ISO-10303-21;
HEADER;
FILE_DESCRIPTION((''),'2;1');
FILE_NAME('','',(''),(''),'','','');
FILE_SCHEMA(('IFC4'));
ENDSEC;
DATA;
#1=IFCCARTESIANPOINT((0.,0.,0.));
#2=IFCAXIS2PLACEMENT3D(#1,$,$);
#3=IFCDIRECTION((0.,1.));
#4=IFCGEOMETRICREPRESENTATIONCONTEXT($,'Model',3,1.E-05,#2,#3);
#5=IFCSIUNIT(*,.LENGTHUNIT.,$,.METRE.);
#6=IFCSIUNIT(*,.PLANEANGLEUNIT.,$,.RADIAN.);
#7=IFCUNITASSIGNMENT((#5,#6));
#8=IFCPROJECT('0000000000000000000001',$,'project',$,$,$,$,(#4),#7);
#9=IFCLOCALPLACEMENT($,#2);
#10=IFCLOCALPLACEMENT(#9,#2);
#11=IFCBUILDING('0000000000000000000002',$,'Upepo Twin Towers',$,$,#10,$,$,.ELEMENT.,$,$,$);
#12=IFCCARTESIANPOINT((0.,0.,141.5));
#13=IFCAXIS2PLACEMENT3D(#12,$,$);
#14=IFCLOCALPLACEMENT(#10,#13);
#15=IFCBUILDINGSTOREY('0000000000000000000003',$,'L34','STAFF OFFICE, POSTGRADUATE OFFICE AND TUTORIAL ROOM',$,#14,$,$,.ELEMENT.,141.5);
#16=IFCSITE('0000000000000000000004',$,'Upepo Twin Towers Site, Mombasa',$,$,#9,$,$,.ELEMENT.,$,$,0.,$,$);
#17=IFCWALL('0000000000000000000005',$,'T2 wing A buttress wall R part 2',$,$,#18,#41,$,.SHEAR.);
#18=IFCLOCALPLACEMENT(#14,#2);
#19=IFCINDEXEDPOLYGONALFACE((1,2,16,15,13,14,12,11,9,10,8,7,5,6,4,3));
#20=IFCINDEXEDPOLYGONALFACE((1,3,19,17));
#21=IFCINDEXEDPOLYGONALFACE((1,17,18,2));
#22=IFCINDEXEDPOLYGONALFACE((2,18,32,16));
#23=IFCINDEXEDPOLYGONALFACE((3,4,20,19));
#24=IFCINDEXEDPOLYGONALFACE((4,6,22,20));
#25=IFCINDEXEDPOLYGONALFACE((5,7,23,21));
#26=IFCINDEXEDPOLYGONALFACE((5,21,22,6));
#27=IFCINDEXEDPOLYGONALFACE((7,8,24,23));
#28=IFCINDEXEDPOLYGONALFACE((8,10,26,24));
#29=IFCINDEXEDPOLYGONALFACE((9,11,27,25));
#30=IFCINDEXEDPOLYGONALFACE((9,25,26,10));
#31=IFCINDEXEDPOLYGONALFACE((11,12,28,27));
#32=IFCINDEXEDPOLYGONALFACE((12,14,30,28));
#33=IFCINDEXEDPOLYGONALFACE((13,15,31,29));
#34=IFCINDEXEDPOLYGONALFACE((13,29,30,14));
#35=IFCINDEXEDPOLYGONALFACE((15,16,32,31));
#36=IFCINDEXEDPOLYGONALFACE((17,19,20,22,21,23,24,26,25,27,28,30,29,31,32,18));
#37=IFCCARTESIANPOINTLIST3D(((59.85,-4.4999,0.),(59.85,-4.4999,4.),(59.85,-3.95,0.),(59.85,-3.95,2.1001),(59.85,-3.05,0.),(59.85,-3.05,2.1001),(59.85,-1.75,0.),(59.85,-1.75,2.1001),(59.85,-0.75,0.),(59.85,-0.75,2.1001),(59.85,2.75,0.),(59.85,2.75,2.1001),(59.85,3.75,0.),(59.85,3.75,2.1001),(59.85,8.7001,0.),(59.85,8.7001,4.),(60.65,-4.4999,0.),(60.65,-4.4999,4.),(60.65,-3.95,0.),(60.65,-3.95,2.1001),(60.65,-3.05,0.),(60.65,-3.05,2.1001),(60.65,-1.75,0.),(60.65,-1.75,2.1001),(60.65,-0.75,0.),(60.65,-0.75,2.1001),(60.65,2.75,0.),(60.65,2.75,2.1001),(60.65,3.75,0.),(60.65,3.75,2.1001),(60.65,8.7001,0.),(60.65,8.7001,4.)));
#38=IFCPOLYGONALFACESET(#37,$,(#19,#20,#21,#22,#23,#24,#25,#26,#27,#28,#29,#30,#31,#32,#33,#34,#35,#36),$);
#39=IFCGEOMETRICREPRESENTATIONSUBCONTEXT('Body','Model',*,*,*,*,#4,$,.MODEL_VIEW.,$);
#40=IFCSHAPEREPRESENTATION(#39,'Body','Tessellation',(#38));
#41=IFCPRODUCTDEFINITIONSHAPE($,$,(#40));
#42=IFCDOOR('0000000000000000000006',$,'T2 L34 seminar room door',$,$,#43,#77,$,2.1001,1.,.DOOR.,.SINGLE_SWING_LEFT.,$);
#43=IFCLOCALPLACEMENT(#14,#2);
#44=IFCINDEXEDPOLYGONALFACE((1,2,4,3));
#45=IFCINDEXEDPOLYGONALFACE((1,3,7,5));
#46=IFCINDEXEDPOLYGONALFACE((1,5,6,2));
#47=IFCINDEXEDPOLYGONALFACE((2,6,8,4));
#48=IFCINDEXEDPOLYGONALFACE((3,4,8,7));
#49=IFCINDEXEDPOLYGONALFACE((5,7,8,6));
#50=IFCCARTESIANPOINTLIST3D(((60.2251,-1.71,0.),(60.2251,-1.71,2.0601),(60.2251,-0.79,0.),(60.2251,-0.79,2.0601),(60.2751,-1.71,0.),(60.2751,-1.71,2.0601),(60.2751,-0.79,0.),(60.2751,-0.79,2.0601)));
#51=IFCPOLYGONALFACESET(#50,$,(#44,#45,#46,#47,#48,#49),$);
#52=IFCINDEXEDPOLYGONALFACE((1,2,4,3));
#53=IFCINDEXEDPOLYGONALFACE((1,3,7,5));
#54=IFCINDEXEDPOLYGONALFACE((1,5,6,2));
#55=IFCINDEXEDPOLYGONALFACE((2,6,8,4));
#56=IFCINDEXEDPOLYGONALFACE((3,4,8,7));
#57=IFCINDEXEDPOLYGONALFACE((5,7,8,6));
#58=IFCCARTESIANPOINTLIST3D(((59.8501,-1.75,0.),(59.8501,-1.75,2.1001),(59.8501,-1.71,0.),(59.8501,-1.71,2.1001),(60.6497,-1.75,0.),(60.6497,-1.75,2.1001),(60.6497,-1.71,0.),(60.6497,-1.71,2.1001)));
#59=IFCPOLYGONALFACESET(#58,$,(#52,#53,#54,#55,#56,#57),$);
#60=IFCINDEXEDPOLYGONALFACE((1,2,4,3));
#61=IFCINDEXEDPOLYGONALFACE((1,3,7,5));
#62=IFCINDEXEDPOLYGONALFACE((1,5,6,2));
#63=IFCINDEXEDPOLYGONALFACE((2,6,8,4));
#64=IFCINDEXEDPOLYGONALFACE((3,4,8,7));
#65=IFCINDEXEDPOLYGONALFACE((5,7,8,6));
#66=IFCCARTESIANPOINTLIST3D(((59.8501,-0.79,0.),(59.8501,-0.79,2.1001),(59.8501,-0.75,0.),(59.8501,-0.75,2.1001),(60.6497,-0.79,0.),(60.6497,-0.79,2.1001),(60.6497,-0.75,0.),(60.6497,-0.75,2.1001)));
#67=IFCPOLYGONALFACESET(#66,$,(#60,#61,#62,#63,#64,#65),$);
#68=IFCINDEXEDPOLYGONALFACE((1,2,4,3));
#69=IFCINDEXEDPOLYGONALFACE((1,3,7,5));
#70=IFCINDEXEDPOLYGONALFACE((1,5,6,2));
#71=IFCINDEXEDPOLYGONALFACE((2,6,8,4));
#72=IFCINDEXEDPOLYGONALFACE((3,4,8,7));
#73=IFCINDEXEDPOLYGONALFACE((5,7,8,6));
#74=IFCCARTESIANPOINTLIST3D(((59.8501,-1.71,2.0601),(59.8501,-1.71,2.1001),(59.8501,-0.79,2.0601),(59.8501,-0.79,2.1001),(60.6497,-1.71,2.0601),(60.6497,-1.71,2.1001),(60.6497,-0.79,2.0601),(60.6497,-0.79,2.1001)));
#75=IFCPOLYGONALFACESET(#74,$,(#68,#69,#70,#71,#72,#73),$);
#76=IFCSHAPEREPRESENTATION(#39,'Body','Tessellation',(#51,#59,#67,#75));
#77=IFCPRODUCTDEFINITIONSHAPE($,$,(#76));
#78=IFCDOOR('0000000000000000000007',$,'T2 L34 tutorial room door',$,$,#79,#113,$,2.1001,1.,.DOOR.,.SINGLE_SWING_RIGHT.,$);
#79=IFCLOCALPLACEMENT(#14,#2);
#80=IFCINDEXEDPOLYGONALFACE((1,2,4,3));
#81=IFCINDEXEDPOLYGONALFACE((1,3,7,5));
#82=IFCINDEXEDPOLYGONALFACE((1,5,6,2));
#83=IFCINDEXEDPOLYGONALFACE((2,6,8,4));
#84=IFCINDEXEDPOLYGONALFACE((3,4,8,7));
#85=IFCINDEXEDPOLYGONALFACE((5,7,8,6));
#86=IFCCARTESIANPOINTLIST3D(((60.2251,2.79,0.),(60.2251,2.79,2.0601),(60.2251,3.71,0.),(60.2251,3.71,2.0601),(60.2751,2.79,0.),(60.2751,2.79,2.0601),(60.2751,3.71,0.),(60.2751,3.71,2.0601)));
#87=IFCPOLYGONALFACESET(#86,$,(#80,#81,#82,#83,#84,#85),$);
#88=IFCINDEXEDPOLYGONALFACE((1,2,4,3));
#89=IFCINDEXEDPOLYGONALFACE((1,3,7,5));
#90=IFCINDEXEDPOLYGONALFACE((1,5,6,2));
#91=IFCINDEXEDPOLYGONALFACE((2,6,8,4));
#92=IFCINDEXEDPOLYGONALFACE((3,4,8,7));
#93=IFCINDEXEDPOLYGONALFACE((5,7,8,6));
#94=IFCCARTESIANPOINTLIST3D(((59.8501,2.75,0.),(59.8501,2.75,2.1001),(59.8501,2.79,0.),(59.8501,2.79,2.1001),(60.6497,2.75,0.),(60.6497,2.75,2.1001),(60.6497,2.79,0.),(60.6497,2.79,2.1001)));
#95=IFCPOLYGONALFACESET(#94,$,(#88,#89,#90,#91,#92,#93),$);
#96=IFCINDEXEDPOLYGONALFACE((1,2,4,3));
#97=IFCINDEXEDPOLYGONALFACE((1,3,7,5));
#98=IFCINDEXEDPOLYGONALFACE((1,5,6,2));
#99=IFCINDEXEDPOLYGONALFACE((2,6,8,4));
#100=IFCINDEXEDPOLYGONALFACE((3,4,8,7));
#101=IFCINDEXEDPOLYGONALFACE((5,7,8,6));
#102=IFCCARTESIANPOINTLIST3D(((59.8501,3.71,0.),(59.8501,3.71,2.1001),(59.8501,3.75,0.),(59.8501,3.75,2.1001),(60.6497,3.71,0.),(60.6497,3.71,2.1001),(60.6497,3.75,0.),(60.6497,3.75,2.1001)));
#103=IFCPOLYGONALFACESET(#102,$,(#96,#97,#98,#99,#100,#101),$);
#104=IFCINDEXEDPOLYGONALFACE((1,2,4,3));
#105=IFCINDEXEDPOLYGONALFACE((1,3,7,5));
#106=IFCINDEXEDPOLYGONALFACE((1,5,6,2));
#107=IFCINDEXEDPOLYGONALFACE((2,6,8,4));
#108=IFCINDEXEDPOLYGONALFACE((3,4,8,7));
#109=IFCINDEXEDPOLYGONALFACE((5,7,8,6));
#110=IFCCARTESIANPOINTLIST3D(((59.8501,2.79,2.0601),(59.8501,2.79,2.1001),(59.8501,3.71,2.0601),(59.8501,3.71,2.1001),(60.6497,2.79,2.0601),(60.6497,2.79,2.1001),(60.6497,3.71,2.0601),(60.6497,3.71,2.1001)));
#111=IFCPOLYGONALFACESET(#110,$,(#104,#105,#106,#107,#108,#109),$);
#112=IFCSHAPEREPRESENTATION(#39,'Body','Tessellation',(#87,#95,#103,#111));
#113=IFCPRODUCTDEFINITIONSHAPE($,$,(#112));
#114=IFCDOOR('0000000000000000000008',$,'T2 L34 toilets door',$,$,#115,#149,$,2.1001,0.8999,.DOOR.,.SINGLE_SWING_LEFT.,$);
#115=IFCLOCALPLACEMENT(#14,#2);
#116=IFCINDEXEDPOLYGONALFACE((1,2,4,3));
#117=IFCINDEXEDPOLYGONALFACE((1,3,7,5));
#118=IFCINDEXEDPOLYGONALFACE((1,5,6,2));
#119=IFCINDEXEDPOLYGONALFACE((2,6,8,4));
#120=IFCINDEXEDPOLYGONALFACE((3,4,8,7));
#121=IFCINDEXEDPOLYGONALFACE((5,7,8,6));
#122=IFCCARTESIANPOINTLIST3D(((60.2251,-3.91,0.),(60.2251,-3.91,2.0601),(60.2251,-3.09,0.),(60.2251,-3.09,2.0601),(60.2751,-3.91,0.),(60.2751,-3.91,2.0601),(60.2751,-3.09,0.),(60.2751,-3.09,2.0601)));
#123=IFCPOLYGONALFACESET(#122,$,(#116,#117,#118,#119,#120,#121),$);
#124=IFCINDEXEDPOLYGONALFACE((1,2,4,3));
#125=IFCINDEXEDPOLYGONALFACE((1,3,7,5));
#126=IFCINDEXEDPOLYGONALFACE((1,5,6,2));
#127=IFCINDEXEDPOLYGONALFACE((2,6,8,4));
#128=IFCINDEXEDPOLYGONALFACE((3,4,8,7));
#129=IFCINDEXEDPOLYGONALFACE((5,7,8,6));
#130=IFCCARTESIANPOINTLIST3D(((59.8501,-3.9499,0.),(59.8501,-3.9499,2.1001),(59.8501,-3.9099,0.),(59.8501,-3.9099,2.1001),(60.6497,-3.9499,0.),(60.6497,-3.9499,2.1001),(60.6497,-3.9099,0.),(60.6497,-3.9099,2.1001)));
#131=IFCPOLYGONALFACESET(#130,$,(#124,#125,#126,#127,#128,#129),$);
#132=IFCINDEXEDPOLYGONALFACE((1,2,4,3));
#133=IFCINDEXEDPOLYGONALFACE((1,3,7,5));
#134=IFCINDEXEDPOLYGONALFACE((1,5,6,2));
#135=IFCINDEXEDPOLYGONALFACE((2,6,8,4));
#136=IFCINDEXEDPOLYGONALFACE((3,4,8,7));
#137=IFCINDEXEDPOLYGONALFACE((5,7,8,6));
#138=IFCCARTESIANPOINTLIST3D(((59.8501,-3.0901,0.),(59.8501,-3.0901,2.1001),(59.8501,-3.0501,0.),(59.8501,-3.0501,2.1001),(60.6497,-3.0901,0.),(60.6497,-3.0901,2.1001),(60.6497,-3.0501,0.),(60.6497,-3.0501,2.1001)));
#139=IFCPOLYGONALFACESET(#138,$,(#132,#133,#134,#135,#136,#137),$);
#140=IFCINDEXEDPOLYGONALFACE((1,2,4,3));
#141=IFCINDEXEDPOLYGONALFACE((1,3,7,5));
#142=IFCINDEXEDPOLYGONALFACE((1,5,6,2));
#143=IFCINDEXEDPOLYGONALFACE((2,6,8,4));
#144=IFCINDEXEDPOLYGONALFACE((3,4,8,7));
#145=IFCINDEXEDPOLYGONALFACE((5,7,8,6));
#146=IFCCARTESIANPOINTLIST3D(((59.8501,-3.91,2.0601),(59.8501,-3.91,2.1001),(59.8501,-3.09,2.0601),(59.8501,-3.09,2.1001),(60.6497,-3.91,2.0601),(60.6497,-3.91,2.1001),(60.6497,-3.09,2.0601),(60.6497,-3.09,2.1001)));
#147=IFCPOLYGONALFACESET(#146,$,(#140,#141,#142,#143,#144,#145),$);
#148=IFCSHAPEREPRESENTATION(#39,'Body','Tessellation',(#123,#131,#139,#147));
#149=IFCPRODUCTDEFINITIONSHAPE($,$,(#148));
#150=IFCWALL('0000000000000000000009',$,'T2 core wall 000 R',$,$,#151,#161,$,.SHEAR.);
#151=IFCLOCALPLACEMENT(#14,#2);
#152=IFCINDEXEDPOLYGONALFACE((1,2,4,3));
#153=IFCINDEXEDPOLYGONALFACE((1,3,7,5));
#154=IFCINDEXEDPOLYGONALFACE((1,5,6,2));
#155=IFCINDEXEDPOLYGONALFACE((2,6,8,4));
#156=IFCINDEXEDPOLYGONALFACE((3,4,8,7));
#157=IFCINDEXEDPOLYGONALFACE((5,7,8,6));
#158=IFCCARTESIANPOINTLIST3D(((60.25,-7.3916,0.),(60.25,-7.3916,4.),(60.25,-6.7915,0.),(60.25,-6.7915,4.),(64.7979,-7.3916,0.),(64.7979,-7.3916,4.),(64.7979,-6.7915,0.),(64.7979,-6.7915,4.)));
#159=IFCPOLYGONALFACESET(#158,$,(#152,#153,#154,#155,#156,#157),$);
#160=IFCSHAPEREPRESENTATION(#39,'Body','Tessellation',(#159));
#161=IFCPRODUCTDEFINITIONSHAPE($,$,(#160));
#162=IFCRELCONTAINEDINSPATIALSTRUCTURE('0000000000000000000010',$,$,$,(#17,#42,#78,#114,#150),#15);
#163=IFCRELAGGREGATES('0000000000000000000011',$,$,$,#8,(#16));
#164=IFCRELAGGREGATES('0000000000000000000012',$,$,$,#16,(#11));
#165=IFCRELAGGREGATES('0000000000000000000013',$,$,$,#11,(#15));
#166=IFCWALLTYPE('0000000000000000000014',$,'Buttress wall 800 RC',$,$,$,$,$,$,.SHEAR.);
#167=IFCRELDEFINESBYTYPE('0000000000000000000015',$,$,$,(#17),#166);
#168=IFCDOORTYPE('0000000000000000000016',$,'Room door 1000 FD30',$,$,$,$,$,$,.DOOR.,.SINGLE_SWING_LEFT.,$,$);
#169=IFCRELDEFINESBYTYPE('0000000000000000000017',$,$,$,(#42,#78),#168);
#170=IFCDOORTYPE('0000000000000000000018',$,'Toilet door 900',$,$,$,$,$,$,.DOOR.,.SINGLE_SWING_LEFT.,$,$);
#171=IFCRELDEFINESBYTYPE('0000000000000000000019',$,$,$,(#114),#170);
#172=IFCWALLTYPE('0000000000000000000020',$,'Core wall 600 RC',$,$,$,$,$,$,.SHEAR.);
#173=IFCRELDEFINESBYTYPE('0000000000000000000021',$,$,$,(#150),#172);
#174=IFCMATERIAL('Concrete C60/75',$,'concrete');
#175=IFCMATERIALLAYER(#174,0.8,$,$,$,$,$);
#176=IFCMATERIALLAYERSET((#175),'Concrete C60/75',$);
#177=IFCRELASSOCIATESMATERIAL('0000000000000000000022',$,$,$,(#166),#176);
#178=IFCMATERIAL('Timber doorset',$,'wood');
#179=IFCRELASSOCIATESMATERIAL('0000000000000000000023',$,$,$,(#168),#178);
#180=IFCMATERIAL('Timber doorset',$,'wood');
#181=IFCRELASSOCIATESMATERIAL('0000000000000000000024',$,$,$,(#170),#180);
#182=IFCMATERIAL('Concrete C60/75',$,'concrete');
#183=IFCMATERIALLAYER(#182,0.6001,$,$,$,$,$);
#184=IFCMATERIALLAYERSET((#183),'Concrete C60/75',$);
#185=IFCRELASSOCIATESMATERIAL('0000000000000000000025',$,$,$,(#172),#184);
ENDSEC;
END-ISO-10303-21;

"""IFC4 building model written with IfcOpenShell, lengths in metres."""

from ifc_helpers import new_model, si_unit, direction, frame, frame_2d, origin, place, context, subcontext, project, spatial, rectangle, extrude, material, layer, layer_set, type_object, element, fill, save


model = new_model("IFC4")

# Units and contexts
model_context = context("Model", 3, precision=1e-05, world=origin(), true_north=direction((0.0, 1.0)))
body_context = subcontext(model_context, "Body", "Model", "MODEL_VIEW")
ifc_project = project(units=[si_unit("LENGTHUNIT", "METRE"), si_unit("PLANEANGLEUNIT", "RADIAN")], contexts=[model_context])

# Site, building, storey
site_placement = place(None, origin())
site = spatial("IfcSite", under=ifc_project, at=site_placement, Name="Upepo Twin Towers Site, Mombasa", CompositionType="ELEMENT", RefElevation=0.0)
building_placement = place(site_placement, origin())
building = spatial("IfcBuilding", under=site, at=building_placement, Name="Upepo Twin Towers", CompositionType="ELEMENT")
storey_placement = place(building_placement, frame((0.0, 0.0, 141.5)))
storey = spatial("IfcBuildingStorey", under=building, at=storey_placement, Name="L34", Description="STAFF OFFICE, POSTGRADUATE OFFICE AND TUTORIAL ROOM", CompositionType="ELEMENT", Elevation=141.5)

# Wall, openings, doors
ifc_material_1 = material(Name="Concrete C60/75", Category="concrete")
ifc_layer_1 = layer(ifc_material_1, 0.8)
ifc_layer_set_1 = layer_set([ifc_layer_1], Name="Concrete C60/75")
wall_type_1 = type_object("IfcWallType", Name="Buttress wall 800 RC", PredefinedType="SHEAR", material=ifc_layer_set_1)
ifc_material_2 = material(Name="Timber doorset", Category="wood")
door_type_1 = type_object("IfcDoorType", Name="Room door 1000 FD30", OperationType="SINGLE_SWING_LEFT", PredefinedType="DOOR", material=ifc_material_2)
ifc_material_3 = material(Name="Timber doorset", Category="wood")
door_type_2 = type_object("IfcDoorType", Name="Toilet door 900", OperationType="SINGLE_SWING_LEFT", PredefinedType="DOOR", material=ifc_material_3)
wall_1_placement = place(storey_placement, frame((60.25, -4.5, 0.0), z_axis=(0.0, 0.0, 1.0), x_axis=(0.0, 1.0, 0.0)))
wall_1 = element("IfcWall", 1, at=wall_1_placement, inside=storey, type_object=wall_type_1, Name="T2 wing A buttress wall R part 2", PredefinedType="SHEAR", context=body_context, shape_type="SweptSolid", body=[
    extrude(rectangle(XDim=13.2, YDim=0.8, at=frame_2d((6.6001, 0.0))), origin(), (0.0, 0.0, 1.0), 4.0),
])
opening_1_placement = place(wall_1_placement, frame((0.55, 0.0, 0.0)))
opening_1 = element("IfcOpeningElement", 2, at=opening_1_placement, cuts=wall_1, PredefinedType="OPENING", context=body_context, shape_type="SweptSolid", body=[
    extrude(rectangle(XDim=0.8999, YDim=2.1001, at=frame_2d((0.45, 1.05))), frame((0.0, 0.4099, 0.0), z_axis=(0.0, -1.0, 0.0), x_axis=(1.0, 0.0, 0.0)), (0.0, 0.0, 1.0), 0.8201),
])
opening_2_placement = place(wall_1_placement, frame((2.75, 0.0, 0.0)))
opening_2 = element("IfcOpeningElement", 3, at=opening_2_placement, cuts=wall_1, PredefinedType="OPENING", context=body_context, shape_type="SweptSolid", body=[
    extrude(rectangle(XDim=1.0, YDim=2.1001, at=frame_2d((0.5, 1.05))), frame((0.0, 0.4099, 0.0), z_axis=(0.0, -1.0, 0.0), x_axis=(1.0, 0.0, 0.0)), (0.0, 0.0, 1.0), 0.8201),
])
opening_3_placement = place(wall_1_placement, frame((7.25, 0.0, 0.0)))
opening_3 = element("IfcOpeningElement", 4, at=opening_3_placement, cuts=wall_1, PredefinedType="OPENING", context=body_context, shape_type="SweptSolid", body=[
    extrude(rectangle(XDim=1.0, YDim=2.1001, at=frame_2d((0.5, 1.05))), frame((0.0, 0.4099, 0.0), z_axis=(0.0, -1.0, 0.0), x_axis=(1.0, 0.0, 0.0)), (0.0, 0.0, 1.0), 0.8201),
])
door_1_placement = place(opening_2_placement, origin())
door_1 = element("IfcDoor", 5, at=door_1_placement, inside=storey, type_object=door_type_1, Name="T2 L34 seminar room door", OperationType="SINGLE_SWING_LEFT", OverallHeight=2.1001, OverallWidth=1.0, PredefinedType="DOOR", context=body_context, shape_type="SweptSolid", body=[
    extrude(rectangle(XDim=0.92, YDim=2.0601, at=frame_2d((0.5, 1.03))), frame((0.0, 0.0249, 0.0), z_axis=(0.0, -1.0, 0.0), x_axis=(1.0, 0.0, 0.0)), (0.0, 0.0, 1.0), 0.05),
    extrude(rectangle(XDim=0.04, YDim=2.1001, at=frame_2d((0.02, 1.05))), frame((0.0, 0.3999, 0.0), z_axis=(0.0, -1.0, 0.0), x_axis=(1.0, 0.0, 0.0)), (0.0, 0.0, 1.0), 0.7996),
    extrude(rectangle(XDim=0.04, YDim=2.1001, at=frame_2d((0.98, 1.05))), frame((0.0, 0.3999, 0.0), z_axis=(0.0, -1.0, 0.0), x_axis=(1.0, 0.0, 0.0)), (0.0, 0.0, 1.0), 0.7996),
    extrude(rectangle(XDim=0.92, YDim=0.04, at=frame_2d((0.5, 2.0801))), frame((0.0, 0.3999, 0.0), z_axis=(0.0, -1.0, 0.0), x_axis=(1.0, 0.0, 0.0)), (0.0, 0.0, 1.0), 0.7996),
])
fill(opening_2, door_1)
door_2_placement = place(opening_3_placement, origin())
door_2 = element("IfcDoor", 6, at=door_2_placement, inside=storey, type_object=door_type_1, Name="T2 L34 tutorial room door", OperationType="SINGLE_SWING_RIGHT", OverallHeight=2.1001, OverallWidth=1.0, PredefinedType="DOOR", context=body_context, shape_type="SweptSolid", body=[
    extrude(rectangle(XDim=0.92, YDim=2.0601, at=frame_2d((0.5, 1.03))), frame((0.0, 0.0249, 0.0), z_axis=(0.0, -1.0, 0.0), x_axis=(1.0, 0.0, 0.0)), (0.0, 0.0, 1.0), 0.05),
    extrude(rectangle(XDim=0.04, YDim=2.1001, at=frame_2d((0.02, 1.05))), frame((0.0, 0.3999, 0.0), z_axis=(0.0, -1.0, 0.0), x_axis=(1.0, 0.0, 0.0)), (0.0, 0.0, 1.0), 0.7996),
    extrude(rectangle(XDim=0.04, YDim=2.1001, at=frame_2d((0.98, 1.05))), frame((0.0, 0.3999, 0.0), z_axis=(0.0, -1.0, 0.0), x_axis=(1.0, 0.0, 0.0)), (0.0, 0.0, 1.0), 0.7996),
    extrude(rectangle(XDim=0.92, YDim=0.04, at=frame_2d((0.5, 2.0801))), frame((0.0, 0.3999, 0.0), z_axis=(0.0, -1.0, 0.0), x_axis=(1.0, 0.0, 0.0)), (0.0, 0.0, 1.0), 0.7996),
])
fill(opening_3, door_2)
door_3_placement = place(opening_1_placement, origin())
door_3 = element("IfcDoor", 7, at=door_3_placement, inside=storey, type_object=door_type_2, Name="T2 L34 toilets door", OperationType="SINGLE_SWING_LEFT", OverallHeight=2.1001, OverallWidth=0.8999, PredefinedType="DOOR", context=body_context, shape_type="SweptSolid", body=[
    extrude(rectangle(XDim=0.8199, YDim=2.0601, at=frame_2d((0.45, 1.03))), frame((0.0, 0.0249, 0.0), z_axis=(0.0, -1.0, 0.0), x_axis=(1.0, 0.0, 0.0)), (0.0, 0.0, 1.0), 0.05),
    extrude(rectangle(XDim=0.04, YDim=2.1001, at=frame_2d((0.02, 1.05))), frame((0.0, 0.3999, 0.0), z_axis=(0.0, -1.0, 0.0), x_axis=(1.0, 0.0, 0.0)), (0.0, 0.0, 1.0), 0.7996),
    extrude(rectangle(XDim=0.04, YDim=2.1001, at=frame_2d((0.8799, 1.05))), frame((0.0, 0.3999, 0.0), z_axis=(0.0, -1.0, 0.0), x_axis=(1.0, 0.0, 0.0)), (0.0, 0.0, 1.0), 0.7996),
    extrude(rectangle(XDim=0.8199, YDim=0.04, at=frame_2d((0.45, 2.0801))), frame((0.0, 0.3999, 0.0), z_axis=(0.0, -1.0, 0.0), x_axis=(1.0, 0.0, 0.0)), (0.0, 0.0, 1.0), 0.7996),
])
fill(opening_1, door_3)

# Wall
ifc_material_4 = material(Name="Concrete C60/75", Category="concrete")
ifc_layer_2 = layer(ifc_material_4, 0.6001)
ifc_layer_set_2 = layer_set([ifc_layer_2], Name="Concrete C60/75")
wall_type_2 = type_object("IfcWallType", Name="Core wall 600 RC", PredefinedType="SHEAR", material=ifc_layer_set_2)
wall_2_placement = place(storey_placement, frame((64.7979, -7.0916, 0.0), z_axis=(0.0, 0.0, 1.0), x_axis=(-1.0, 0.0, 0.0)))
element("IfcWall", 8, at=wall_2_placement, inside=storey, type_object=wall_type_2, Name="T2 core wall 000 R", PredefinedType="SHEAR", context=body_context, shape_type="SweptSolid", body=[
    extrude(rectangle(XDim=4.5479, YDim=0.6001, at=frame_2d((2.2739, 0.0))), origin(), (0.0, 0.0, 1.0), 4.0),
])

save(model, "model.ifc")
